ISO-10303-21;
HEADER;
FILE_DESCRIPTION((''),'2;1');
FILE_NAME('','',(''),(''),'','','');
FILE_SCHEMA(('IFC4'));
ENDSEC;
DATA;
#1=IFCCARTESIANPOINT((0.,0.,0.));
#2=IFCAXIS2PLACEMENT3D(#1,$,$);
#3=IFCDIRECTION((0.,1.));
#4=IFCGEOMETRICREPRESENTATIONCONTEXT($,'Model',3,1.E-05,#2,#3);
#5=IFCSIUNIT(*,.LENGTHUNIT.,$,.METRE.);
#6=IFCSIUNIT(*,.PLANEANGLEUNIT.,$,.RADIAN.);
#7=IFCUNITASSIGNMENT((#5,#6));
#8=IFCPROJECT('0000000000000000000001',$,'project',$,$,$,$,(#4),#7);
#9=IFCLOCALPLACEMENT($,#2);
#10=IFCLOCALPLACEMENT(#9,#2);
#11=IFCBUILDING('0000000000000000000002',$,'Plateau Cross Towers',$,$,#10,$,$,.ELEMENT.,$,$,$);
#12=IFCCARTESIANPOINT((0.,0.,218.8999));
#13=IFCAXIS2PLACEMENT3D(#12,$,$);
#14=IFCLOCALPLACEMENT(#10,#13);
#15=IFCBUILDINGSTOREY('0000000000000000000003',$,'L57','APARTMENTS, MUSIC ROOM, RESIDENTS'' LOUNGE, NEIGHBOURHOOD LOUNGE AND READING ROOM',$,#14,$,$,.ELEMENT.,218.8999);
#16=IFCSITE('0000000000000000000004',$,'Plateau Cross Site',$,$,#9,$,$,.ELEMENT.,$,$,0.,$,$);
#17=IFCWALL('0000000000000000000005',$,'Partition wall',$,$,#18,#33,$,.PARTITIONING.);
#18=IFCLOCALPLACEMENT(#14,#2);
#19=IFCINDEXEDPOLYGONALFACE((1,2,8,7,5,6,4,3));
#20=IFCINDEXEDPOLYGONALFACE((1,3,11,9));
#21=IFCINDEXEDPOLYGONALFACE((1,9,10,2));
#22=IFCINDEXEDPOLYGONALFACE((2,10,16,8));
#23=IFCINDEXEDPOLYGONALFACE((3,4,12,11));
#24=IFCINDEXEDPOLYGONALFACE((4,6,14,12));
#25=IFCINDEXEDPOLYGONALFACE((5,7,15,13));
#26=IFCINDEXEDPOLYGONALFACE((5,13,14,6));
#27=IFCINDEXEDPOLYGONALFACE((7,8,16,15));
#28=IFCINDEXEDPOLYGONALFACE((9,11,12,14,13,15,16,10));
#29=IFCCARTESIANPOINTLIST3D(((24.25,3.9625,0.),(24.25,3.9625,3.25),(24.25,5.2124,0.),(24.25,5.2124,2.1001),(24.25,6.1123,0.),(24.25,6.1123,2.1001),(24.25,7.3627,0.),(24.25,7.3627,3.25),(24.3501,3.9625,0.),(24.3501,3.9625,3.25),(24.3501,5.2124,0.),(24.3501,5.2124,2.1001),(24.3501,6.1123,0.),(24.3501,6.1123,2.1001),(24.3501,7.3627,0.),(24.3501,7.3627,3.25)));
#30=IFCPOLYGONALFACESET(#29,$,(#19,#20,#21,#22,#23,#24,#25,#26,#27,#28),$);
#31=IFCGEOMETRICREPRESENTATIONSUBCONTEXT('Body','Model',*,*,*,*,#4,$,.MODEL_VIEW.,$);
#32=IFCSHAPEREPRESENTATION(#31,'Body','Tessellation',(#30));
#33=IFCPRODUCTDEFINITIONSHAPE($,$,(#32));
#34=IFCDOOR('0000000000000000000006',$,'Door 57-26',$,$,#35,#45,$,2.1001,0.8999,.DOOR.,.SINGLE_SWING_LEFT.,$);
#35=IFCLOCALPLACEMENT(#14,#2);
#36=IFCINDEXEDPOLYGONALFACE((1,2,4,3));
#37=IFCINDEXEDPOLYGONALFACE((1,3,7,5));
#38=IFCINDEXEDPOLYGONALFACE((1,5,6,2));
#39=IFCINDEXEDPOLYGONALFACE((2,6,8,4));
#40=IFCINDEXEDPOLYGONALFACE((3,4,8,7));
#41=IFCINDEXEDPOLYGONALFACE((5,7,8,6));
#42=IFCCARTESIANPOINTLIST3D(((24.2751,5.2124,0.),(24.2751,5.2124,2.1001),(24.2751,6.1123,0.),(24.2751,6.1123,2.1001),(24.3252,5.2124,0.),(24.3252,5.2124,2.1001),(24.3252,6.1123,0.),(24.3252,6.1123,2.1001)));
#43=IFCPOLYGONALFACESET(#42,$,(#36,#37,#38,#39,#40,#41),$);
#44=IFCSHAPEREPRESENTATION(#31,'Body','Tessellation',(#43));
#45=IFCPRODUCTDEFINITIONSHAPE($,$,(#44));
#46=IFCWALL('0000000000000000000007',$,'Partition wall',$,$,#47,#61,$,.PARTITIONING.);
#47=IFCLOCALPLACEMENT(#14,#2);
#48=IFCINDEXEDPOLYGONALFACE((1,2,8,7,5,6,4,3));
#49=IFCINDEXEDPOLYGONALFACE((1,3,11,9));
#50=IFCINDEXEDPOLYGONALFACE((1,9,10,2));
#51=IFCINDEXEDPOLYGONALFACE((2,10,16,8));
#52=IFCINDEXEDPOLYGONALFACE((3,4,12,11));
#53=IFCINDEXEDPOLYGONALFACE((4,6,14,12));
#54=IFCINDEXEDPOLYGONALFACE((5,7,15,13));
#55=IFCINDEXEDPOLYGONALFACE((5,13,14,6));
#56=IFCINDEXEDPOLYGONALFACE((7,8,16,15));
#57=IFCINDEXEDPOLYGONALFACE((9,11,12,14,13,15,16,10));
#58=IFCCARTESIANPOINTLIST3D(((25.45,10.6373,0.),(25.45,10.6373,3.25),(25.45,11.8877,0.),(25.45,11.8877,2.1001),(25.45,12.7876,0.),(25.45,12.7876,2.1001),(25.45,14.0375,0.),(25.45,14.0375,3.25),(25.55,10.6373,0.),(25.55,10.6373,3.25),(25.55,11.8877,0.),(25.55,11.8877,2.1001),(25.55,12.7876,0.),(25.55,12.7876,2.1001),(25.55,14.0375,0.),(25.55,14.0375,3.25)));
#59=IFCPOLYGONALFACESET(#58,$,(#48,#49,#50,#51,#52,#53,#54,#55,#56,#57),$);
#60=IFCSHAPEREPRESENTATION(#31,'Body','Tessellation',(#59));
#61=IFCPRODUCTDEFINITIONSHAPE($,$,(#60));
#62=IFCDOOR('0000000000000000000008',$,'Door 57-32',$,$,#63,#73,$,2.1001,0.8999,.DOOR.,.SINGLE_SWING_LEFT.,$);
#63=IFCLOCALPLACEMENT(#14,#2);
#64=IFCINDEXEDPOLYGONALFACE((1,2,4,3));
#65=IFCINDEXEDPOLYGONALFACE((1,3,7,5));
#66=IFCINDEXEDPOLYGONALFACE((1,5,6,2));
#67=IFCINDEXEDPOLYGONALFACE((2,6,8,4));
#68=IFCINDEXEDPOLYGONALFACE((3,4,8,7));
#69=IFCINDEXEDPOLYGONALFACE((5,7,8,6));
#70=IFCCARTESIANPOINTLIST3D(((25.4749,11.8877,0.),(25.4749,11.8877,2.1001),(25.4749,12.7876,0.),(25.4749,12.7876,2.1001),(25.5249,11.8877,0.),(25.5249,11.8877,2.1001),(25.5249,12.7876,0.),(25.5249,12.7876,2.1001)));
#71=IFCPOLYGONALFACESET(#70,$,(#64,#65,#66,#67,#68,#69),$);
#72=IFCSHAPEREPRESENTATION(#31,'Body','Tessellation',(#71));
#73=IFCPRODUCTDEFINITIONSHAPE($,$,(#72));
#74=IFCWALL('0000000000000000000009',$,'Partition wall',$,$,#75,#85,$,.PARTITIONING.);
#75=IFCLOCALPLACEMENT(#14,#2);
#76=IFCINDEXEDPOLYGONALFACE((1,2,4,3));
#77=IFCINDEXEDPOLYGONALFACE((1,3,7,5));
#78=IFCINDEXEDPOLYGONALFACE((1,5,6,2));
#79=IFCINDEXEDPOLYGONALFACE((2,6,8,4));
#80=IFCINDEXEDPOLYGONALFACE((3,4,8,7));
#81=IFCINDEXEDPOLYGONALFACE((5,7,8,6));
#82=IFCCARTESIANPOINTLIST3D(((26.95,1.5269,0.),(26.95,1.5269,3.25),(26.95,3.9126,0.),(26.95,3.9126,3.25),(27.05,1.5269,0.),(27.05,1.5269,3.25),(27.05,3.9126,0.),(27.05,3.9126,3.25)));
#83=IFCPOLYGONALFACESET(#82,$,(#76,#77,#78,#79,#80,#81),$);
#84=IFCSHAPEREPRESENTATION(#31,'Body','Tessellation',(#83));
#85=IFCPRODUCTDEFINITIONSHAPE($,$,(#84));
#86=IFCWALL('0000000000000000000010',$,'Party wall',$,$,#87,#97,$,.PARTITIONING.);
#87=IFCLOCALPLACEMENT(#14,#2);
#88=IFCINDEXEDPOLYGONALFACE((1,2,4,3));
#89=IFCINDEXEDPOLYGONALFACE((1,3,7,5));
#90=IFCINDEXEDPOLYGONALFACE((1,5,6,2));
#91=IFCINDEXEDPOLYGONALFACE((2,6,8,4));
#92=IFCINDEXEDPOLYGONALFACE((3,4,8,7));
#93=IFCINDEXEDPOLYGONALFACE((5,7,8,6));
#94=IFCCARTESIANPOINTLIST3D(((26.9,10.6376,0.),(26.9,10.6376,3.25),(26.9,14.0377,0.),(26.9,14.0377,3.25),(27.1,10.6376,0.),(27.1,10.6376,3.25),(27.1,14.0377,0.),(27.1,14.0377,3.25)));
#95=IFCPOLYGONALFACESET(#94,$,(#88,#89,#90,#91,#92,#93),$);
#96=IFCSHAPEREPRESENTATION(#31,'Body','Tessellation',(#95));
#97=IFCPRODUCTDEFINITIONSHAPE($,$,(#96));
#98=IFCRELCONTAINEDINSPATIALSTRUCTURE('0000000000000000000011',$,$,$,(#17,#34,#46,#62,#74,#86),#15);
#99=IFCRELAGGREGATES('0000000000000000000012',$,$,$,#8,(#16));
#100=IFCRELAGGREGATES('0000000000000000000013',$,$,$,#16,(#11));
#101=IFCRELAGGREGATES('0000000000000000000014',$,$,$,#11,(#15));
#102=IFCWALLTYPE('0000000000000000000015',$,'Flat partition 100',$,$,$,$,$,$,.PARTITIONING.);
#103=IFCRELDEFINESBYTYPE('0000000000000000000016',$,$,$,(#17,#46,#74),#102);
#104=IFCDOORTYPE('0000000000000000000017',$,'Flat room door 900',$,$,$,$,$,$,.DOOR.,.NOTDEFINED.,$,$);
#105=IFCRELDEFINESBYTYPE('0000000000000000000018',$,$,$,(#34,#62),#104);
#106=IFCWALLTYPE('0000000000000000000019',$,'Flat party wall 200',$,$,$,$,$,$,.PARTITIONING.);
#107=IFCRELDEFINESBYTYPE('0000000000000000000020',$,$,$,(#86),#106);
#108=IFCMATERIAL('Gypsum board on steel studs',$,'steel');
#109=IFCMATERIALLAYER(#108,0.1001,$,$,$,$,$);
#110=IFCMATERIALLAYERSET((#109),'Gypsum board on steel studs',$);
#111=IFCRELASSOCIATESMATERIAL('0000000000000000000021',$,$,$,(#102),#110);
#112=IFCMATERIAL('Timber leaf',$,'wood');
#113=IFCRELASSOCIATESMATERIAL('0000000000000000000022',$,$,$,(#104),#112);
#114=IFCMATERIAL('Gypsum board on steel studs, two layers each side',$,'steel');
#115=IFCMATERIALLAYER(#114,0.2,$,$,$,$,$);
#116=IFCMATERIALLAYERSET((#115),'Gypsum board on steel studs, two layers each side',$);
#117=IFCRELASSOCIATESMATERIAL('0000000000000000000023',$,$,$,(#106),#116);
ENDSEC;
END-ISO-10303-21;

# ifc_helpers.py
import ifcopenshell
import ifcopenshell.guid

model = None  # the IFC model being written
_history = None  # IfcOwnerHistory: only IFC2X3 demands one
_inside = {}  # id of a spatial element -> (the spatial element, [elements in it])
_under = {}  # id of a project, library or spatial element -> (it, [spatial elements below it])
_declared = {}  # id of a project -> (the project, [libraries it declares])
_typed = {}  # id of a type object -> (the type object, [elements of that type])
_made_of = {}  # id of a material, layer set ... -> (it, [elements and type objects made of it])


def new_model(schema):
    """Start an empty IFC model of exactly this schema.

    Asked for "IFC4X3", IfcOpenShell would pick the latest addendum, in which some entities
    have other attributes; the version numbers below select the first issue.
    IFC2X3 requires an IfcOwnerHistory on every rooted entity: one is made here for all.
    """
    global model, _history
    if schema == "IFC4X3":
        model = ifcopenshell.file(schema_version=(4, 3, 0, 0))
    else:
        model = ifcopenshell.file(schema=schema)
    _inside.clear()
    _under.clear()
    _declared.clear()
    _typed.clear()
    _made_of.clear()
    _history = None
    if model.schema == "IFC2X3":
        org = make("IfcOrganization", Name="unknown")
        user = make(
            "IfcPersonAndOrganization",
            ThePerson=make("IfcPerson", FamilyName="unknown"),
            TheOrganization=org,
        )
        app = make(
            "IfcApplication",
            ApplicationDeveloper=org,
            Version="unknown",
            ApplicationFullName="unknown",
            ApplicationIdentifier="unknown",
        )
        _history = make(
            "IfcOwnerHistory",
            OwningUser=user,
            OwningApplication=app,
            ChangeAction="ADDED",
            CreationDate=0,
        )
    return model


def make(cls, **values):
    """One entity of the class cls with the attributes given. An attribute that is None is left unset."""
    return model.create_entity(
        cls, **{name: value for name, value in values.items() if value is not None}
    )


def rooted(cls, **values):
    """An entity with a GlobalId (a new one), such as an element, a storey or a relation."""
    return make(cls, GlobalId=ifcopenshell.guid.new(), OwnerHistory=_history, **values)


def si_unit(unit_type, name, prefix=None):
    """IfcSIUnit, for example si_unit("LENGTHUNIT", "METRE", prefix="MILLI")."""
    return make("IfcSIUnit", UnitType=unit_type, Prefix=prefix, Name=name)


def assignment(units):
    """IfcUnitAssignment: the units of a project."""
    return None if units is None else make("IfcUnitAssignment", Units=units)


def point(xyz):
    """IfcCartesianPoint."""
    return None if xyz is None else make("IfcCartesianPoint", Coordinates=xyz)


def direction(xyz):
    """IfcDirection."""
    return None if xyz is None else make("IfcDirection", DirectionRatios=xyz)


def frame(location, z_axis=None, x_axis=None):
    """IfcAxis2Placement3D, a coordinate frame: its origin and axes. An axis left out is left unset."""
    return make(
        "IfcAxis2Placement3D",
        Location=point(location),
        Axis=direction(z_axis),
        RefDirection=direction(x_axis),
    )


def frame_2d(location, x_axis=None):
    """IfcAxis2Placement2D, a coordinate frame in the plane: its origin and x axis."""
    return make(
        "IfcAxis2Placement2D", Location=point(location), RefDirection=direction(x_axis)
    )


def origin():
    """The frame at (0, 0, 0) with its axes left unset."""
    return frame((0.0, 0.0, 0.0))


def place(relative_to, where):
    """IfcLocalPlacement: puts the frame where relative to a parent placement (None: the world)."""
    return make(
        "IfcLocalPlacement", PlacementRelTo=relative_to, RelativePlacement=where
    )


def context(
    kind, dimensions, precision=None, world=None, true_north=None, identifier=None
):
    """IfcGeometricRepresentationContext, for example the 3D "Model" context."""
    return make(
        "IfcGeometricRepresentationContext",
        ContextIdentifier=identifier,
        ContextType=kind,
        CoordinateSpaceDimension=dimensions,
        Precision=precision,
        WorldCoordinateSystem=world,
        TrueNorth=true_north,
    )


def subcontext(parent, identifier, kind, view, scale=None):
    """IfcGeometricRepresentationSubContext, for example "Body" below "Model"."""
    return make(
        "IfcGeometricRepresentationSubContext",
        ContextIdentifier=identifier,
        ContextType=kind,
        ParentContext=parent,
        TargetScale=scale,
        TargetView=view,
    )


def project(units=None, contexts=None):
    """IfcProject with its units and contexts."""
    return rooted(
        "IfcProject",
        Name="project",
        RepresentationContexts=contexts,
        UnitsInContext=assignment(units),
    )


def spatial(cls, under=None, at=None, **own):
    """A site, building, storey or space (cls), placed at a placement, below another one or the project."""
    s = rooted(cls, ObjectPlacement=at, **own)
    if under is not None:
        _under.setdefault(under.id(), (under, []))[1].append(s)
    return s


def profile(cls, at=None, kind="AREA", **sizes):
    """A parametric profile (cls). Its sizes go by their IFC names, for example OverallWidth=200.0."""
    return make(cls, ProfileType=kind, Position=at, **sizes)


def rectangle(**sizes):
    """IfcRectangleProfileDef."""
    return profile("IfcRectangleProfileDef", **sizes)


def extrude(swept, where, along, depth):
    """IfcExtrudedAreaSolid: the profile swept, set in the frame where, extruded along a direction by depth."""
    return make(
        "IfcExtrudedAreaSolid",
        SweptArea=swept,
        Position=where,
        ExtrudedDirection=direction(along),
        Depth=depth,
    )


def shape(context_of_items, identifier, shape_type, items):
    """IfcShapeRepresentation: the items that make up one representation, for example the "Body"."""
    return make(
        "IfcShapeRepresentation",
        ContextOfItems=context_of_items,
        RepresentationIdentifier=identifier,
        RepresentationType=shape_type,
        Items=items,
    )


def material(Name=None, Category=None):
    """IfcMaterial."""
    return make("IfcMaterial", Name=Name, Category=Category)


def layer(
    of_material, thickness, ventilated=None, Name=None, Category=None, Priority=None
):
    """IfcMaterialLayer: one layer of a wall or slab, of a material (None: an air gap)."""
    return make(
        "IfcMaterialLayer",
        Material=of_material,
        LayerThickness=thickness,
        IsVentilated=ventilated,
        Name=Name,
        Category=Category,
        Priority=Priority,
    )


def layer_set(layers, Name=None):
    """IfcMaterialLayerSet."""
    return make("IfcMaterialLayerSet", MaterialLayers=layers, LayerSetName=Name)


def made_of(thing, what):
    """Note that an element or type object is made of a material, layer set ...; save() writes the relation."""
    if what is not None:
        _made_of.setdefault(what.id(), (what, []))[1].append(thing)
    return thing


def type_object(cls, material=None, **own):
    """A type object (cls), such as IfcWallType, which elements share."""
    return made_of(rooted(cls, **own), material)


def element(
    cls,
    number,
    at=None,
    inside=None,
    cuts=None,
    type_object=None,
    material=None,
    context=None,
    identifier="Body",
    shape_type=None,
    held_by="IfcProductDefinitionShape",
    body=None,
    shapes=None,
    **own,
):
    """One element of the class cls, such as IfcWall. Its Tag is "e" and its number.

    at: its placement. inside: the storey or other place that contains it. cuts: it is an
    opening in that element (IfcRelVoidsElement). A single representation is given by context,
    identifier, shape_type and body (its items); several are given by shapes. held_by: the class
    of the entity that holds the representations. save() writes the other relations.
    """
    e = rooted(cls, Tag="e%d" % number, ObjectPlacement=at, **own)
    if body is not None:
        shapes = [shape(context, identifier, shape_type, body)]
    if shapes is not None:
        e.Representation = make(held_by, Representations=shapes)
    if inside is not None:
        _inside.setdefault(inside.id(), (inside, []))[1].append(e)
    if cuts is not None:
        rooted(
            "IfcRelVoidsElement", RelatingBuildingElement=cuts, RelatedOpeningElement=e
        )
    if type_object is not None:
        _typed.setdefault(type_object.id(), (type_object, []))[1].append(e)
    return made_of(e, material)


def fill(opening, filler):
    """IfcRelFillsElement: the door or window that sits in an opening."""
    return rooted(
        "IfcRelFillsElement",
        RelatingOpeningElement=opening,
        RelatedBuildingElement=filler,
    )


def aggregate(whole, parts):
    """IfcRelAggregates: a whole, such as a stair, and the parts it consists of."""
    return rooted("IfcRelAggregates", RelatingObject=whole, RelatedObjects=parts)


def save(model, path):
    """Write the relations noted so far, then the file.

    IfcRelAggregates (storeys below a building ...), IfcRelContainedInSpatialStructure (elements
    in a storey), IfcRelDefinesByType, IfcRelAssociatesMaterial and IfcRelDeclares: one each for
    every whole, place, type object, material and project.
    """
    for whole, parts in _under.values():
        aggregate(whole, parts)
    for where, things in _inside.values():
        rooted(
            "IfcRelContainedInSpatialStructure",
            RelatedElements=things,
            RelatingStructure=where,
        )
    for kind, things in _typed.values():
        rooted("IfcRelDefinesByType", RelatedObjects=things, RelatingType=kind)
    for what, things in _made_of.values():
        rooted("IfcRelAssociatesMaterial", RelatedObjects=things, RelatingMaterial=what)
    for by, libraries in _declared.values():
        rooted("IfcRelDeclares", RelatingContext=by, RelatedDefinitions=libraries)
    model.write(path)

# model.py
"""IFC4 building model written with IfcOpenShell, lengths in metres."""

from ifc_helpers import new_model, si_unit, direction, frame, frame_2d, origin, place, context, subcontext, project, spatial, rectangle, extrude, material, layer, layer_set, type_object, element, fill, save


model = new_model("IFC4")

# Units and contexts
model_context = context("Model", 3, precision=1e-05, world=origin(), true_north=direction((0.0, 1.0)))
body_context = subcontext(model_context, "Body", "Model", "MODEL_VIEW")
ifc_project = project(units=[si_unit("LENGTHUNIT", "METRE"), si_unit("PLANEANGLEUNIT", "RADIAN")], contexts=[model_context])

# Site, building, storey
site_placement = place(None, origin())
site = spatial("IfcSite", under=ifc_project, at=site_placement, Name="Plateau Cross Site", CompositionType="ELEMENT", RefElevation=0.0)
building_placement = place(site_placement, origin())
building = spatial("IfcBuilding", under=site, at=building_placement, Name="Plateau Cross Towers", CompositionType="ELEMENT")
storey_placement = place(building_placement, frame((0.0, 0.0, 218.8999)))
storey = spatial("IfcBuildingStorey", under=building, at=storey_placement, Name="L57", Description="APARTMENTS, MUSIC ROOM, RESIDENTS' LOUNGE, NEIGHBOURHOOD LOUNGE AND READING ROOM", CompositionType="ELEMENT", Elevation=218.8999)

# Shared definitions
ifc_material_1 = material(Name="Gypsum board on steel studs", Category="steel")
ifc_layer_1 = layer(ifc_material_1, 0.1001)
ifc_layer_set_1 = layer_set([ifc_layer_1], Name="Gypsum board on steel studs")
wall_type_1 = type_object("IfcWallType", Name="Flat partition 100", PredefinedType="PARTITIONING", material=ifc_layer_set_1)

# Walls, openings, doors
ifc_material_2 = material(Name="Timber leaf", Category="wood")
door_type_1 = type_object("IfcDoorType", Name="Flat room door 900", OperationType="NOTDEFINED", PredefinedType="DOOR", material=ifc_material_2)
wall_1_placement = place(storey_placement, frame((24.3, 3.9624, 0.0), z_axis=(0.0, 0.0, 1.0), x_axis=(0.0, 1.0, 0.0)))
wall_1 = element("IfcWall", 1, at=wall_1_placement, inside=storey, type_object=wall_type_1, Name="Partition wall", PredefinedType="PARTITIONING", context=body_context, shape_type="SweptSolid", body=[
    extrude(rectangle(XDim=3.4001, YDim=0.1001, at=frame_2d((1.7002, 0.0))), origin(), (0.0, 0.0, 1.0), 3.25),
])
opening_1_placement = place(wall_1_placement, frame((1.25, 0.0, 0.0)))
opening_1 = element("IfcOpeningElement", 2, at=opening_1_placement, cuts=wall_1, PredefinedType="OPENING", context=body_context, shape_type="SweptSolid", body=[
    extrude(rectangle(XDim=0.8999, YDim=2.1001, at=frame_2d((0.45, 1.05))), frame((0.0, 0.0601, 0.0), z_axis=(0.0, -1.0, 0.0), x_axis=(1.0, 0.0, 0.0)), (0.0, 0.0, 1.0), 0.1201),
])
door_1_placement = place(opening_1_placement, origin())
door_1 = element("IfcDoor", 3, at=door_1_placement, inside=storey, type_object=door_type_1, Name="Door 57-26", OperationType="SINGLE_SWING_LEFT", OverallHeight=2.1001, OverallWidth=0.8999, PredefinedType="DOOR", context=body_context, shape_type="SweptSolid", body=[
    extrude(rectangle(XDim=0.8999, YDim=2.1001, at=frame_2d((0.45, 1.05))), frame((0.0, 0.0249, 0.0), z_axis=(0.0, -1.0, 0.0), x_axis=(1.0, 0.0, 0.0)), (0.0, 0.0, 1.0), 0.05),
])
fill(opening_1, door_1)
wall_2_placement = place(storey_placement, frame((25.5, 14.0376, 0.0), z_axis=(0.0, 0.0, 1.0), x_axis=(0.0, -1.0, 0.0)))
wall_2 = element("IfcWall", 4, at=wall_2_placement, inside=storey, type_object=wall_type_1, Name="Partition wall", PredefinedType="PARTITIONING", context=body_context, shape_type="SweptSolid", body=[
    extrude(rectangle(XDim=3.4001, YDim=0.1001, at=frame_2d((1.7002, 0.0))), origin(), (0.0, 0.0, 1.0), 3.25),
])
opening_2_placement = place(wall_2_placement, frame((1.25, 0.0, 0.0)))
opening_2 = element("IfcOpeningElement", 5, at=opening_2_placement, cuts=wall_2, PredefinedType="OPENING", context=body_context, shape_type="SweptSolid", body=[
    extrude(rectangle(XDim=0.8999, YDim=2.1001, at=frame_2d((0.45, 1.05))), frame((0.0, 0.0601, 0.0), z_axis=(0.0, -1.0, 0.0), x_axis=(1.0, 0.0, 0.0)), (0.0, 0.0, 1.0), 0.1201),
])
door_2_placement = place(opening_2_placement, origin())
door_2 = element("IfcDoor", 6, at=door_2_placement, inside=storey, type_object=door_type_1, Name="Door 57-32", OperationType="SINGLE_SWING_LEFT", OverallHeight=2.1001, OverallWidth=0.8999, PredefinedType="DOOR", context=body_context, shape_type="SweptSolid", body=[
    extrude(rectangle(XDim=0.8999, YDim=2.1001, at=frame_2d((0.45, 1.05))), frame((0.0, 0.0249, 0.0), z_axis=(0.0, -1.0, 0.0), x_axis=(1.0, 0.0, 0.0)), (0.0, 0.0, 1.0), 0.05),
])
fill(opening_2, door_2)

# Walls
wall_3_placement = place(storey_placement, frame((27.0, 3.9126, 0.0), z_axis=(0.0, 0.0, 1.0), x_axis=(0.0, -1.0, 0.0)))
element("IfcWall", 7, at=wall_3_placement, inside=storey, type_object=wall_type_1, Name="Partition wall", PredefinedType="PARTITIONING", context=body_context, shape_type="SweptSolid", body=[
    extrude(rectangle(XDim=2.3857, YDim=0.1001, at=frame_2d((1.1929, 0.0))), origin(), (0.0, 0.0, 1.0), 3.25),
])
ifc_material_3 = material(Name="Gypsum board on steel studs, two layers each side", Category="steel")
ifc_layer_2 = layer(ifc_material_3, 0.2)
ifc_layer_set_2 = layer_set([ifc_layer_2], Name="Gypsum board on steel studs, two layers each side")
wall_type_2 = type_object("IfcWallType", Name="Flat party wall 200", PredefinedType="PARTITIONING", material=ifc_layer_set_2)
wall_4_placement = place(storey_placement, frame((27.0, 10.6375, 0.0), z_axis=(0.0, 0.0, 1.0), x_axis=(0.0, 1.0, 0.0)))
element("IfcWall", 8, at=wall_4_placement, inside=storey, type_object=wall_type_2, Name="Party wall", PredefinedType="PARTITIONING", context=body_context, shape_type="SweptSolid", body=[
    extrude(rectangle(XDim=3.4001, YDim=0.2, at=frame_2d((1.7002, 0.0))), origin(), (0.0, 0.0, 1.0), 3.25),
])

save(model, "model.ifc")
